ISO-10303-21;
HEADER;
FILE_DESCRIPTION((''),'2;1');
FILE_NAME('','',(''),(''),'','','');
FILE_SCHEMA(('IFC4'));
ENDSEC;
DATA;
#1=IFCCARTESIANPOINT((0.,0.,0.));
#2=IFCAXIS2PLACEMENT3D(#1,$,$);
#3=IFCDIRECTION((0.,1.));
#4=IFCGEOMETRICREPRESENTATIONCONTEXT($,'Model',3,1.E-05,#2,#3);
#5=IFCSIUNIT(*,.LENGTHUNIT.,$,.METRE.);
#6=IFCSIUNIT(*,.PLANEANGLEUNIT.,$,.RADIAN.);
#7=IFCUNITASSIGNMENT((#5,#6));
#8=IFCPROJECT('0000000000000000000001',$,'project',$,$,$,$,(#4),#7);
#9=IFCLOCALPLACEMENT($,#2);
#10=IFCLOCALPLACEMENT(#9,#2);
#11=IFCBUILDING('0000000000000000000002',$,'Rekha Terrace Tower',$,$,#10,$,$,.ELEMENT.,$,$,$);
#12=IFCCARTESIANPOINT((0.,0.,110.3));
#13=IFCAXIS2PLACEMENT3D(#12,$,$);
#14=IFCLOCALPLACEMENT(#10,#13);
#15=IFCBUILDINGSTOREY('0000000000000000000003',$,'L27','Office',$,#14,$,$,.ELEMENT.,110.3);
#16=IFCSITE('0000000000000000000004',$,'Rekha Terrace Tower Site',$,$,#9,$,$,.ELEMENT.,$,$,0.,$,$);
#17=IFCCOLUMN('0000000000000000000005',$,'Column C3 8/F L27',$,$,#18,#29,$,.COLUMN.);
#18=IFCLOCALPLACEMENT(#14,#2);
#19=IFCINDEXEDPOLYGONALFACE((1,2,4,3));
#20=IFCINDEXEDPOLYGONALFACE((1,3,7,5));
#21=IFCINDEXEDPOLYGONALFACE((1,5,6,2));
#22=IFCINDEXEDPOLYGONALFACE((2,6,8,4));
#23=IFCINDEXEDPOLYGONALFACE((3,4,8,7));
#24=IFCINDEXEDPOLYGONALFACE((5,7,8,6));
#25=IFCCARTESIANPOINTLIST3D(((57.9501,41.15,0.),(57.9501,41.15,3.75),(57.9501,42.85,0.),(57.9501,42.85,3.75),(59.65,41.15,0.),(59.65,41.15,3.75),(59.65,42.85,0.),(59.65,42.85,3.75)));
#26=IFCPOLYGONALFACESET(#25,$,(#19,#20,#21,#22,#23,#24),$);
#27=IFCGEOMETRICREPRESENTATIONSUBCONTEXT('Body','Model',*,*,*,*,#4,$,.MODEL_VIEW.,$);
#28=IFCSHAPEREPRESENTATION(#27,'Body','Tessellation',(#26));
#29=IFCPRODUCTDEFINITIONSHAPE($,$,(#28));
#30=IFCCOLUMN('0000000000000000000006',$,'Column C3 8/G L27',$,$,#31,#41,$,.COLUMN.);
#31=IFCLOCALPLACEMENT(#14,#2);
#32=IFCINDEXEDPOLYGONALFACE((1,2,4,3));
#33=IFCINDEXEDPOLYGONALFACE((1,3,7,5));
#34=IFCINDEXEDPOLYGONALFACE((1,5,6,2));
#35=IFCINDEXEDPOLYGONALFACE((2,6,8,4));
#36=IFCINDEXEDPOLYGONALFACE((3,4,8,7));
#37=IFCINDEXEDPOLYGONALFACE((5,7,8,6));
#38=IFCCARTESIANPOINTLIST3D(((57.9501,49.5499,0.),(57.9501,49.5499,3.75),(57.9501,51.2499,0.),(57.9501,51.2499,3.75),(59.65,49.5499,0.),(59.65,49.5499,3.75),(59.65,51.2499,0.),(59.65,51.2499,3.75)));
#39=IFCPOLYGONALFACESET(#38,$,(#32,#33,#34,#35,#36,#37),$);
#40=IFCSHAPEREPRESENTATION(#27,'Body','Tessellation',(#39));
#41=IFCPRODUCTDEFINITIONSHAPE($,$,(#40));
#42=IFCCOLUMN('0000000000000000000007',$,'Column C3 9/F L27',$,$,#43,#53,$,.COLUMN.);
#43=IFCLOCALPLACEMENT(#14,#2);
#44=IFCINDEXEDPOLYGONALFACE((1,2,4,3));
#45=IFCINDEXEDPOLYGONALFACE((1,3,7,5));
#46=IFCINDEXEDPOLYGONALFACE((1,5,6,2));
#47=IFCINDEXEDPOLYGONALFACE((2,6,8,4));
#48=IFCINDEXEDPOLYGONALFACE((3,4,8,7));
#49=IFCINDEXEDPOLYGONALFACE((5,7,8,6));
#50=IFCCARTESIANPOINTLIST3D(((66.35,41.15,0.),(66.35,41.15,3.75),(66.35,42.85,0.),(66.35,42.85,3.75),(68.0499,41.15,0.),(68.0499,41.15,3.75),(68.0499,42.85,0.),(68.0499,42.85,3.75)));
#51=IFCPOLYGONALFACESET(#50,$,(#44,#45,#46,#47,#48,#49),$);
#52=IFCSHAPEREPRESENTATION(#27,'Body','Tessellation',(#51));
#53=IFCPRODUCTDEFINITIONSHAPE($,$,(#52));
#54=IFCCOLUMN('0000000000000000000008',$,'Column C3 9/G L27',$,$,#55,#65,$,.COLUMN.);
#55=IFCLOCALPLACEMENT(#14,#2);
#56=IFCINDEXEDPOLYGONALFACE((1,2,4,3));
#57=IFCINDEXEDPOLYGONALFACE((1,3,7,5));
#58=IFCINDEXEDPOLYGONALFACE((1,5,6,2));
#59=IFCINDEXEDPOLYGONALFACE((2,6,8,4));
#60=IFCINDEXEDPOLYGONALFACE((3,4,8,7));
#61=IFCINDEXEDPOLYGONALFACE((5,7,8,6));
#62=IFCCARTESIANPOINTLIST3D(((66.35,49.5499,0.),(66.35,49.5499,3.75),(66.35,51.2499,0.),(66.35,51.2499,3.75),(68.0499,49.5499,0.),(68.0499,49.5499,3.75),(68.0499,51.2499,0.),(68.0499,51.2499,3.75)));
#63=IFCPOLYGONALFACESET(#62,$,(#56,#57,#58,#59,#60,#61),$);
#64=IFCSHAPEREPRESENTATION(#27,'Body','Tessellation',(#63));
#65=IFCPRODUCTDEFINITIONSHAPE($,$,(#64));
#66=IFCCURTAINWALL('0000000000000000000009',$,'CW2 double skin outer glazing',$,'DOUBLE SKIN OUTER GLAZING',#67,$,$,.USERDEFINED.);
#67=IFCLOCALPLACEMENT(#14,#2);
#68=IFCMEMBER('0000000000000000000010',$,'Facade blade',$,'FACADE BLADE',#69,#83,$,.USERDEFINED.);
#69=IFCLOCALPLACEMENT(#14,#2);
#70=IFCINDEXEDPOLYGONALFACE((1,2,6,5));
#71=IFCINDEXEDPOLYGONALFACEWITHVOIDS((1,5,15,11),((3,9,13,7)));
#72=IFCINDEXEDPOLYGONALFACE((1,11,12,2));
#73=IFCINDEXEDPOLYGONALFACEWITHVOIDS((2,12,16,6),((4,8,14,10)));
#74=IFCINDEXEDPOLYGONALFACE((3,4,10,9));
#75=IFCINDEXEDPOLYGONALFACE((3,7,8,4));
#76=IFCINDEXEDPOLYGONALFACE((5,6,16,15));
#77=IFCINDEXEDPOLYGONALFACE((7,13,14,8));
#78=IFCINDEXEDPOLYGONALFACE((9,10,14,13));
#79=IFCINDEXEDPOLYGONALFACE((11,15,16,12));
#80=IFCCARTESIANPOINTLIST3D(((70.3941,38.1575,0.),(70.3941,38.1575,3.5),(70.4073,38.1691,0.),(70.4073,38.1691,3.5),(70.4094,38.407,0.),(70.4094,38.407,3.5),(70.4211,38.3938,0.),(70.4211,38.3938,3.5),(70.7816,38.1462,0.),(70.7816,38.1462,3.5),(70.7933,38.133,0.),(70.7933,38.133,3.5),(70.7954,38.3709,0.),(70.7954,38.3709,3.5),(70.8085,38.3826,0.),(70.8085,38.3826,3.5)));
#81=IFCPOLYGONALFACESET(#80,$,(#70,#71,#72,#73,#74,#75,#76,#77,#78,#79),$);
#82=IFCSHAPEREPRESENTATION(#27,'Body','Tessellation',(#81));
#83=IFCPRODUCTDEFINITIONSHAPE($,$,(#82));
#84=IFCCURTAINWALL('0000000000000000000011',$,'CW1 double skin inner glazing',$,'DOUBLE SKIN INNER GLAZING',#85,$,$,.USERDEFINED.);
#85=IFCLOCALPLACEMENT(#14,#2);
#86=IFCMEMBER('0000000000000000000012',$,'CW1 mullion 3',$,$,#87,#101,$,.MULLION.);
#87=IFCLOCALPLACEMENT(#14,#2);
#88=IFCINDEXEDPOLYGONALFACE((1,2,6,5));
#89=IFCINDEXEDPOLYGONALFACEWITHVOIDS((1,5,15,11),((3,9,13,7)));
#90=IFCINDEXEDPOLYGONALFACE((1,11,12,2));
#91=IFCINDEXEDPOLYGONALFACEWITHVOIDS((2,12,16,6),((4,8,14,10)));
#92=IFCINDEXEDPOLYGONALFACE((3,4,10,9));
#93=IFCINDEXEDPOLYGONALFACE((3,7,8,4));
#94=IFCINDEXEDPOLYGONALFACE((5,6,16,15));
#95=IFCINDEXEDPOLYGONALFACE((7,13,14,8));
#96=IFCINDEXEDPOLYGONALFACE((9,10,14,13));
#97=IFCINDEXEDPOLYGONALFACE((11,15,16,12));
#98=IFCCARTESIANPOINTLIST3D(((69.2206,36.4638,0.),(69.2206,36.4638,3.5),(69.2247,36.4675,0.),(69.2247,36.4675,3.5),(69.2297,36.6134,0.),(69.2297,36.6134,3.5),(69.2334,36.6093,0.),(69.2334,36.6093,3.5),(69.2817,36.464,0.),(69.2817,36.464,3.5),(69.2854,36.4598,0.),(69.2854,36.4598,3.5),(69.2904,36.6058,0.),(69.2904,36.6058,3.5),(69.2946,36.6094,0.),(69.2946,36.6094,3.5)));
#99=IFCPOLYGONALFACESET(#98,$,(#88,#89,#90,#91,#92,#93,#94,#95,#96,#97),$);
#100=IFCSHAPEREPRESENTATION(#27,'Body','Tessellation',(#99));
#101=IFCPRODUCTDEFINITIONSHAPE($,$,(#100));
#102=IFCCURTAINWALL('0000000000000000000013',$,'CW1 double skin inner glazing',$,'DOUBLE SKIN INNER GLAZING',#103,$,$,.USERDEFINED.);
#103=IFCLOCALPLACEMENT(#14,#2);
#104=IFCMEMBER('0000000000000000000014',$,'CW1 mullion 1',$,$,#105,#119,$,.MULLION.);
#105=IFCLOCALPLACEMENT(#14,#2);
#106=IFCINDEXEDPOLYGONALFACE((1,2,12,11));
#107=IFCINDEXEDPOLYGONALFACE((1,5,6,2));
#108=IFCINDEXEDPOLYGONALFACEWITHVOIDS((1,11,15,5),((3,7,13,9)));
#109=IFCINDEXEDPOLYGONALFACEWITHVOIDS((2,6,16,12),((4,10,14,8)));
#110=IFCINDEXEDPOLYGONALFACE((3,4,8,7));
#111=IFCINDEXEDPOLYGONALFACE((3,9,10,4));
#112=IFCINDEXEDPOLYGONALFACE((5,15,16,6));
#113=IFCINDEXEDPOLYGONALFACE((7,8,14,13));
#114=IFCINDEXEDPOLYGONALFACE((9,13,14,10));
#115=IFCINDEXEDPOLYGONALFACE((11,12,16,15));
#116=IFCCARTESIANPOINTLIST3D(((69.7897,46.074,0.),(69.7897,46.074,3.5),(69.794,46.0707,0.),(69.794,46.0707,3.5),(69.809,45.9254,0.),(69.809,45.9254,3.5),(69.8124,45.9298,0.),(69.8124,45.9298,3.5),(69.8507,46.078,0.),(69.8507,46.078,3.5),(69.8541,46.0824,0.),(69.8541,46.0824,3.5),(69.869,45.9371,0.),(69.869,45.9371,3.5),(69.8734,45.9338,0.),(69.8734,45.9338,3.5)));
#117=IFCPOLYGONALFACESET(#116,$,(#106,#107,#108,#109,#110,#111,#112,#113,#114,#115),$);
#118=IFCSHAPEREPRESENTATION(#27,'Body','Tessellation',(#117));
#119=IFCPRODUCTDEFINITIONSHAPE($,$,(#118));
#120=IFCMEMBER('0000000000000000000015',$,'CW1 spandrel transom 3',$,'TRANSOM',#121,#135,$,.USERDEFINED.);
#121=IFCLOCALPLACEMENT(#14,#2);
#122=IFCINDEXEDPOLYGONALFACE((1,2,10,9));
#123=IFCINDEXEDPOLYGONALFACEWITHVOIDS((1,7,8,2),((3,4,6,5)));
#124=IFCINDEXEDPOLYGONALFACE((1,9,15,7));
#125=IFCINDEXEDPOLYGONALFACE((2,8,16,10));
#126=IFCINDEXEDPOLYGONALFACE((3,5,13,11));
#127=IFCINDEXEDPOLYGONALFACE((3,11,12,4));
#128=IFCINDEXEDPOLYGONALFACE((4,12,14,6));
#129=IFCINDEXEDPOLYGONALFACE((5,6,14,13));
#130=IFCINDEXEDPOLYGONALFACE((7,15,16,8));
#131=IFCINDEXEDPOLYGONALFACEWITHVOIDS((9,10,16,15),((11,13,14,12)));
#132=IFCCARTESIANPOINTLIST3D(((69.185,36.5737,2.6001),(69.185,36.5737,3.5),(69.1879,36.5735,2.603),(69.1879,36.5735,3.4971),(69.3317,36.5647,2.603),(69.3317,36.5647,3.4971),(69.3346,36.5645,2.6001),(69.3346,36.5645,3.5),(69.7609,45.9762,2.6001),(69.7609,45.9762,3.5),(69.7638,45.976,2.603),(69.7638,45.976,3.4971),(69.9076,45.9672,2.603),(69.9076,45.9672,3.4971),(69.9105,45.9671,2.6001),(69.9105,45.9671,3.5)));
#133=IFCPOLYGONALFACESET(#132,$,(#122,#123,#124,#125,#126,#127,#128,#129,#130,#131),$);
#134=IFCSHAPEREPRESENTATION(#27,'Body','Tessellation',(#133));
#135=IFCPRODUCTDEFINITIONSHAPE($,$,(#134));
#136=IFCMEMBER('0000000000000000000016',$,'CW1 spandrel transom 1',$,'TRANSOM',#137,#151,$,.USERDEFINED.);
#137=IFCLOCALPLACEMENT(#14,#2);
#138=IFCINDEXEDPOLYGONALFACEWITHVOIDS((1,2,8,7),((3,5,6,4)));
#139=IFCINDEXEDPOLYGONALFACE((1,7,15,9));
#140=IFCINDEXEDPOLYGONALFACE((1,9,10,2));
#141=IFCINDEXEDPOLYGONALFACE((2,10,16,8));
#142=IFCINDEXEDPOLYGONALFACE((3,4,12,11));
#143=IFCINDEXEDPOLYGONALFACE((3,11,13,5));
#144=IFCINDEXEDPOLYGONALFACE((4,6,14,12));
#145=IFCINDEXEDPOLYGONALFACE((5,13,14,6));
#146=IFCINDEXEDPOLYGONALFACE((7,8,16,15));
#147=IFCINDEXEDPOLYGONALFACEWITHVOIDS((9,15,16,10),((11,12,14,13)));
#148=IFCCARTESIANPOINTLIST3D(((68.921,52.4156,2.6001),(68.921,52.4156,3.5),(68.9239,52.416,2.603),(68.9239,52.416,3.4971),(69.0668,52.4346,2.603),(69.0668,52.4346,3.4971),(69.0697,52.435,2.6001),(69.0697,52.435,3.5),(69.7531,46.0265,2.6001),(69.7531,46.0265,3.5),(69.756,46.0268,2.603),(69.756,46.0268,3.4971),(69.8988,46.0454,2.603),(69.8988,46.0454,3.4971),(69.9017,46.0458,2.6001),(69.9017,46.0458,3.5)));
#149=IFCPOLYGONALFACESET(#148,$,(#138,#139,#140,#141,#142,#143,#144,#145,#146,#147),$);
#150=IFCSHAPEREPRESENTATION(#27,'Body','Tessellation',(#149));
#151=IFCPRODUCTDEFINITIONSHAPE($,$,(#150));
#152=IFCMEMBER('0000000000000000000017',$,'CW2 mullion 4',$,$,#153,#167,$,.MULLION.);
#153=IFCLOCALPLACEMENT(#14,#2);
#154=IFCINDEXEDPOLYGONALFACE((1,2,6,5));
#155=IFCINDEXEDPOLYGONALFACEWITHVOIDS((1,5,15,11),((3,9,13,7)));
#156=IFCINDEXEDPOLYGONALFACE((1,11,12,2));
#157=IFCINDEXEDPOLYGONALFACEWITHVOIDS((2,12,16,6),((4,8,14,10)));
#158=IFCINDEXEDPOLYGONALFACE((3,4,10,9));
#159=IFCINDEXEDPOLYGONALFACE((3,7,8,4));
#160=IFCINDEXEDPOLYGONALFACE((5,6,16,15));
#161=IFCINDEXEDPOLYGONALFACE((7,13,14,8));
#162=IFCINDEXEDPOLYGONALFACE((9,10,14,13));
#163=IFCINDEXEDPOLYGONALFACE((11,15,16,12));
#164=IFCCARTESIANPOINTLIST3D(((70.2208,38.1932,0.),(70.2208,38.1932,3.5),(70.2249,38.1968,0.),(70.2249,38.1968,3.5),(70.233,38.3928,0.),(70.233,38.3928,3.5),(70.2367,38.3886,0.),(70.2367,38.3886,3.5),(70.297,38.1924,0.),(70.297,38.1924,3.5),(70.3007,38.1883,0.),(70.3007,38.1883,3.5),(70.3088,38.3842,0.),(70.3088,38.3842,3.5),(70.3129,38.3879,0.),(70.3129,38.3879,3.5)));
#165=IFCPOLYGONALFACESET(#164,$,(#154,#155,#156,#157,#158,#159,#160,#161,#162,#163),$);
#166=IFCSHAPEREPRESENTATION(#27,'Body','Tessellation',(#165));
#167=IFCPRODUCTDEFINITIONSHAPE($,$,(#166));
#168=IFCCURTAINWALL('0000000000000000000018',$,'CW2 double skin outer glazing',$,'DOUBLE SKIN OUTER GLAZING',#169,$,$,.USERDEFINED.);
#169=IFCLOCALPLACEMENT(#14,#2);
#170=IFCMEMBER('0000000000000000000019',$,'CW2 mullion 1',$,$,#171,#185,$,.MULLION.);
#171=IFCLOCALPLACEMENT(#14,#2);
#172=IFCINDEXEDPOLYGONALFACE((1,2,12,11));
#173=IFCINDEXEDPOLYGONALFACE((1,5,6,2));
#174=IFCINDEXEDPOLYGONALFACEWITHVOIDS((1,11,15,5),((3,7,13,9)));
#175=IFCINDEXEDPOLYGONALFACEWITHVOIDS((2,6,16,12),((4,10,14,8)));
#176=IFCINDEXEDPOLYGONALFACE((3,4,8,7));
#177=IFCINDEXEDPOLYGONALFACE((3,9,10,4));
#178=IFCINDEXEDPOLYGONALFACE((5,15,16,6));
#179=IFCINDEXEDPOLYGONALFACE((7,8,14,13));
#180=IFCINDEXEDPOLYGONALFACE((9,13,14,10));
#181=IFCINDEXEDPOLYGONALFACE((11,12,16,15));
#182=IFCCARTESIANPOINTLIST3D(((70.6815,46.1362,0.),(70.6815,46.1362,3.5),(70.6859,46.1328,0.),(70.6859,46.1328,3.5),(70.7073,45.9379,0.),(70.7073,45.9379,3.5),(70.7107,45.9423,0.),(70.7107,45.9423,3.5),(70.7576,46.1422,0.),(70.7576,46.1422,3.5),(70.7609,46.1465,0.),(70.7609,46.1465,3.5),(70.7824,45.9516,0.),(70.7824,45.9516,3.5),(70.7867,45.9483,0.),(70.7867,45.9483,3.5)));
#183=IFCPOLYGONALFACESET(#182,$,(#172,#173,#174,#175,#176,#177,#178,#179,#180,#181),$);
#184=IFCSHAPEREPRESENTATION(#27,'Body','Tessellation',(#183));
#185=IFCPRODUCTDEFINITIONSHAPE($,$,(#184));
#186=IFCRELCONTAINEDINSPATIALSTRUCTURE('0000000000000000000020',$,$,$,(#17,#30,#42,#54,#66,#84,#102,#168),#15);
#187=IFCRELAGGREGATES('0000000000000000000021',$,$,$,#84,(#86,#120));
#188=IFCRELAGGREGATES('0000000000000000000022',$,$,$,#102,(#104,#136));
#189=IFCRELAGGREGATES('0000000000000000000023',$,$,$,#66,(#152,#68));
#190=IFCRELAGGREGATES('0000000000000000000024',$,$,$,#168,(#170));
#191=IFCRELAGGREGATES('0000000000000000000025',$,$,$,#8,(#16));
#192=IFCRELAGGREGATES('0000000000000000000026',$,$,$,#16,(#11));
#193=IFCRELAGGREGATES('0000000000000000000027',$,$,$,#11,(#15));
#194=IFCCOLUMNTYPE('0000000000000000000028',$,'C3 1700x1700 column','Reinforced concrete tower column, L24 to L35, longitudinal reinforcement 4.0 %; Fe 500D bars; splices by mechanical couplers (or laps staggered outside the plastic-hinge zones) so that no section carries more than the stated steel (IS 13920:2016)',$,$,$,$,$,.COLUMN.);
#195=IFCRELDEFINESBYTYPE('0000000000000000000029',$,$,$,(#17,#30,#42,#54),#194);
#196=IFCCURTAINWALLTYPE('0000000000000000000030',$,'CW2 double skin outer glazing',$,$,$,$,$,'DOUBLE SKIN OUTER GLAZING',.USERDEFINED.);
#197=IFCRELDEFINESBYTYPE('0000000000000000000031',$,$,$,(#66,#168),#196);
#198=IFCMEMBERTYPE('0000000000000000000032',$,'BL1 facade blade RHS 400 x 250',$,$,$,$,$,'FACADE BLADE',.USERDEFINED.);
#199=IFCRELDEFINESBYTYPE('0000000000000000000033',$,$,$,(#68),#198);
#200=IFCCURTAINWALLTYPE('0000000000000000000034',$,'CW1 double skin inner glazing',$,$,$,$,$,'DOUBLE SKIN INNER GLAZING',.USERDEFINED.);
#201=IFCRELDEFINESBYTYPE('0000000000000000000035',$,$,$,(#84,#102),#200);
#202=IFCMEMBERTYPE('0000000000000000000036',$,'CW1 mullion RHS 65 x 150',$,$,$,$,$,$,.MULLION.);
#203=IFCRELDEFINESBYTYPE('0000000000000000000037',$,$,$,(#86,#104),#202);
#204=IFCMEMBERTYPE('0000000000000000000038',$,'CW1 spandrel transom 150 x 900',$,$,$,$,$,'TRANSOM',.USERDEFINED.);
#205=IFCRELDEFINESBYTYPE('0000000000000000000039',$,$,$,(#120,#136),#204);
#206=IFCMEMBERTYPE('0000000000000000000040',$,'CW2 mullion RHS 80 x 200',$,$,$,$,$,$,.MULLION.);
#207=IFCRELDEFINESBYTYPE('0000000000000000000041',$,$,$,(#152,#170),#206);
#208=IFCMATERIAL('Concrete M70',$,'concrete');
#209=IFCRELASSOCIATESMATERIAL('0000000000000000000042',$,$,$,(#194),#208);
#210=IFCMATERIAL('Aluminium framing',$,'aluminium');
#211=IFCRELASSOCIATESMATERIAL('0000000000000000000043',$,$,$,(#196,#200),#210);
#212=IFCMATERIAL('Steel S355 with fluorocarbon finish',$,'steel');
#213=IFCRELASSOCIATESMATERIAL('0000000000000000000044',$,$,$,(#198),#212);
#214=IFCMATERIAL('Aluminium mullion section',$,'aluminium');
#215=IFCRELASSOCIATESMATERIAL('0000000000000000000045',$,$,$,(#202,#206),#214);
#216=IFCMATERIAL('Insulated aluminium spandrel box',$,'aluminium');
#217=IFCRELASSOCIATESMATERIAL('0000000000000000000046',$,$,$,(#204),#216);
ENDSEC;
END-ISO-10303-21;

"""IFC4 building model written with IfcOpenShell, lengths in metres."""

from ifc_helpers import new_model, si_unit, direction, frame, origin, origin_2d, place, context, subcontext, project, spatial, rectangle, hollow_rectangle, extrude, material, material_profile, profile_set, type_object, element, aggregate, save


model = new_model("IFC4")

# Units and contexts
model_context = context("Model", 3, precision=1e-05, world=origin(), true_north=direction((0.0, 1.0)))
body_context = subcontext(model_context, "Body", "Model", "MODEL_VIEW")
ifc_project = project(units=[si_unit("LENGTHUNIT", "METRE"), si_unit("PLANEANGLEUNIT", "RADIAN")], contexts=[model_context])

# Site, building, storey
site_placement = place(None, origin())
site = spatial("IfcSite", under=ifc_project, at=site_placement, Name="Rekha Terrace Tower Site", CompositionType="ELEMENT", RefElevation=0.0)
building_placement = place(site_placement, origin())
building = spatial("IfcBuilding", under=site, at=building_placement, Name="Rekha Terrace Tower", CompositionType="ELEMENT")
storey_placement = place(building_placement, frame((0.0, 0.0, 110.3)))
storey = spatial("IfcBuildingStorey", under=building, at=storey_placement, Name="L27", Description="Office", CompositionType="ELEMENT", Elevation=110.3)

# Columns
ifc_material_1 = material(Name="Concrete M70", Category="concrete")
ifc_material_profile_1 = material_profile(ifc_material_1, rectangle(XDim=1.7, YDim=1.7, at=origin_2d()), Name="RC 1700x1700")
ifc_profile_set_1 = profile_set([ifc_material_profile_1], Name="Concrete M70")
column_type = type_object("IfcColumnType", Name="C3 1700x1700 column", Description="Reinforced concrete tower column, L24 to L35, longitudinal reinforcement 4.0 %; Fe 500D bars; splices by mechanical couplers (or laps staggered outside the plastic-hinge zones) so that no section carries more than the stated steel (IS 13920:2016)", PredefinedType="COLUMN", material=ifc_profile_set_1)
for number, where, z_axis, x_axis, name in (
    (1, (58.8, 42.0, 0.0), (0.0, 0.0, 1.0), (1.0, 0.0, 0.0), "Column C3 8/F L27"),
    (2, (58.8, 50.3999, 0.0), (0.0, 0.0, 1.0), (1.0, 0.0, 0.0), "Column C3 8/G L27"),
    (3, (67.2, 42.0, 0.0), (0.0, 0.0, 1.0), (1.0, 0.0, 0.0), "Column C3 9/F L27"),
    (4, (67.2, 50.3999, 0.0), (0.0, 0.0, 1.0), (1.0, 0.0, 0.0), "Column C3 9/G L27"),
):
    element("IfcColumn", number, at=place(storey_placement, frame(where, z_axis=z_axis, x_axis=x_axis)), inside=storey, type_object=column_type, Name=name, PredefinedType="COLUMN", context=body_context, shape_type="SweptSolid", body=[
        extrude(rectangle(XDim=1.7, YDim=1.7, at=origin_2d()), origin(), (0.0, 0.0, 1.0), 3.75),
    ])

# Curtain walls, members
ifc_material_2 = material(Name="Aluminium framing", Category="aluminium")
curtain_wall_type_1 = type_object("IfcCurtainWallType", Name="CW2 double skin outer glazing", ElementType="DOUBLE SKIN OUTER GLAZING", PredefinedType="USERDEFINED", material=ifc_material_2)
curtain_wall_1_placement = place(storey_placement, origin())
curtain_wall_1 = element("IfcCurtainWall", 5, at=curtain_wall_1_placement, inside=storey, type_object=curtain_wall_type_1, Name="CW2 double skin outer glazing", ObjectType="DOUBLE SKIN OUTER GLAZING", PredefinedType="USERDEFINED")
ifc_material_3 = material(Name="Steel S355 with fluorocarbon finish", Category="steel")
ifc_material_profile_2 = material_profile(ifc_material_3, hollow_rectangle(XDim=0.25, YDim=0.3999, WallThickness=0.0125, at=origin_2d()), Name="RHS400x250x12.5")
ifc_profile_set_2 = profile_set([ifc_material_profile_2], Name="Steel S355 with fluorocarbon finish")
member_type_1 = type_object("IfcMemberType", Name="BL1 facade blade RHS 400 x 250", ElementType="FACADE BLADE", PredefinedType="USERDEFINED", material=ifc_profile_set_2)
member_1_placement = place(storey_placement, frame((70.6013, 38.27, 0.0), z_axis=(0.0, 0.0, 1.0), x_axis=(0.06116, 0.998128, 0.0)))
member_1 = element("IfcMember", 6, at=member_1_placement, type_object=member_type_1, Name="Facade blade", ObjectType="FACADE BLADE", PredefinedType="USERDEFINED", context=body_context, shape_type="SweptSolid", body=[
    extrude(hollow_rectangle(XDim=0.25, YDim=0.3999, WallThickness=0.0125, at=origin_2d()), origin(), (0.0, 0.0, 1.0), 3.5),
])
curtain_wall_type_2 = type_object("IfcCurtainWallType", Name="CW1 double skin inner glazing", ElementType="DOUBLE SKIN INNER GLAZING", PredefinedType="USERDEFINED", material=ifc_material_2)
curtain_wall_2_placement = place(storey_placement, origin())
curtain_wall_2 = element("IfcCurtainWall", 7, at=curtain_wall_2_placement, inside=storey, type_object=curtain_wall_type_2, Name="CW1 double skin inner glazing", ObjectType="DOUBLE SKIN INNER GLAZING", PredefinedType="USERDEFINED")
ifc_material_4 = material(Name="Aluminium mullion section", Category="aluminium")
ifc_material_profile_3 = material_profile(ifc_material_4, hollow_rectangle(XDim=0.0649, YDim=0.1499, WallThickness=0.0039, at=origin_2d()), Name="AL RHS 65x150")
ifc_profile_set_3 = profile_set([ifc_material_profile_3], Name="Aluminium mullion section")
member_type_2 = type_object("IfcMemberType", Name="CW1 mullion RHS 65 x 150", PredefinedType="MULLION", material=ifc_profile_set_3)
member_2_placement = place(storey_placement, frame((69.2576, 36.5366, 0.0), z_axis=(0.0, 0.0, 1.0), x_axis=(-0.998128, 0.06116, 0.0)))
member_2 = element("IfcMember", 8, at=member_2_placement, type_object=member_type_2, Name="CW1 mullion 3", PredefinedType="MULLION", context=body_context, shape_type="SweptSolid", body=[
    extrude(hollow_rectangle(XDim=0.0649, YDim=0.1499, WallThickness=0.0039, at=origin_2d()), origin(), (0.0, 0.0, 1.0), 3.5),
])
curtain_wall_3_placement = place(storey_placement, origin())
curtain_wall_3 = element("IfcCurtainWall", 9, at=curtain_wall_3_placement, inside=storey, type_object=curtain_wall_type_2, Name="CW1 double skin inner glazing", ObjectType="DOUBLE SKIN INNER GLAZING", PredefinedType="USERDEFINED")
member_3_placement = place(storey_placement, frame((69.8315, 46.0039, 0.0), z_axis=(0.0, 0.0, 1.0), x_axis=(-0.991629, -0.129118, 0.0)))
member_3 = element("IfcMember", 10, at=member_3_placement, type_object=member_type_2, Name="CW1 mullion 1", PredefinedType="MULLION", context=body_context, shape_type="SweptSolid", body=[
    extrude(hollow_rectangle(XDim=0.0649, YDim=0.1499, WallThickness=0.0039, at=origin_2d()), origin(), (0.0, 0.0, 1.0), 3.5),
])

# Members
ifc_material_5 = material(Name="Insulated aluminium spandrel box", Category="aluminium")
ifc_material_profile_4 = material_profile(ifc_material_5, hollow_rectangle(XDim=0.1499, YDim=0.8999, WallThickness=0.0029, at=origin_2d()), Name="AL SPANDREL BOX 150x900")
ifc_profile_set_4 = profile_set([ifc_material_profile_4], Name="Insulated aluminium spandrel box")
member_type_3 = type_object("IfcMemberType", Name="CW1 spandrel transom 150 x 900", ElementType="TRANSOM", PredefinedType="USERDEFINED", material=ifc_profile_set_4)
member_4_placement = place(storey_placement, frame((69.2598, 36.5691, 3.05), z_axis=(0.061137, 0.998129, 0.0), x_axis=(-0.998129, 0.061137, 0.0)))
member_4 = element("IfcMember", 11, at=member_4_placement, type_object=member_type_3, Name="CW1 spandrel transom 3", ObjectType="TRANSOM", PredefinedType="USERDEFINED", context=body_context, shape_type="SweptSolid", body=[
    extrude(hollow_rectangle(XDim=0.1499, YDim=0.8999, WallThickness=0.0029, at=origin_2d()), origin(), (0.0, 0.0, 1.0), 9.4202),
])
member_5_placement = place(storey_placement, frame((69.8274, 46.0361, 3.05), z_axis=(-0.129135, 0.991627, 0.0), x_axis=(-0.991627, -0.129135, 0.0)))
member_5 = element("IfcMember", 12, at=member_5_placement, type_object=member_type_3, Name="CW1 spandrel transom 1", ObjectType="TRANSOM", PredefinedType="USERDEFINED", context=body_context, shape_type="SweptSolid", body=[
    extrude(hollow_rectangle(XDim=0.1499, YDim=0.8999, WallThickness=0.0029, at=origin_2d()), origin(), (0.0, 0.0, 1.0), 6.4431),
])
ifc_material_profile_5 = material_profile(ifc_material_4, hollow_rectangle(XDim=0.0801, YDim=0.2, WallThickness=0.0039, at=origin_2d()), Name="AL RHS 80x200")
ifc_profile_set_5 = profile_set([ifc_material_profile_5], Name="Aluminium mullion section")
member_type_4 = type_object("IfcMemberType", Name="CW2 mullion RHS 80 x 200", PredefinedType="MULLION", material=ifc_profile_set_5)
member_6_placement = place(storey_placement, frame((70.2668, 38.2905, 0.0), z_axis=(0.0, 0.0, 1.0), x_axis=(-0.998128, 0.06116, 0.0)))
member_6 = element("IfcMember", 13, at=member_6_placement, type_object=member_type_4, Name="CW2 mullion 4", PredefinedType="MULLION", context=body_context, shape_type="SweptSolid", body=[
    extrude(hollow_rectangle(XDim=0.0801, YDim=0.2, WallThickness=0.0039, at=origin_2d()), origin(), (0.0, 0.0, 1.0), 3.5),
])

# Curtain wall, member
curtain_wall_4_placement = place(storey_placement, origin())
curtain_wall_4 = element("IfcCurtainWall", 14, at=curtain_wall_4_placement, inside=storey, type_object=curtain_wall_type_1, Name="CW2 double skin outer glazing", ObjectType="DOUBLE SKIN OUTER GLAZING", PredefinedType="USERDEFINED")
member_7_placement = place(storey_placement, frame((70.7341, 46.0422, 0.0), z_axis=(0.0, 0.0, 1.0), x_axis=(-0.991629, -0.129118, 0.0)))
member_7 = element("IfcMember", 15, at=member_7_placement, type_object=member_type_4, Name="CW2 mullion 1", PredefinedType="MULLION", context=body_context, shape_type="SweptSolid", body=[
    extrude(hollow_rectangle(XDim=0.0801, YDim=0.2, WallThickness=0.0039, at=origin_2d()), origin(), (0.0, 0.0, 1.0), 3.5),
])

aggregate(curtain_wall_2, [member_2, member_4])
aggregate(curtain_wall_3, [member_3, member_5])
aggregate(curtain_wall_1, [member_6, member_1])
aggregate(curtain_wall_4, [member_7])

save(model, "model.ifc")
